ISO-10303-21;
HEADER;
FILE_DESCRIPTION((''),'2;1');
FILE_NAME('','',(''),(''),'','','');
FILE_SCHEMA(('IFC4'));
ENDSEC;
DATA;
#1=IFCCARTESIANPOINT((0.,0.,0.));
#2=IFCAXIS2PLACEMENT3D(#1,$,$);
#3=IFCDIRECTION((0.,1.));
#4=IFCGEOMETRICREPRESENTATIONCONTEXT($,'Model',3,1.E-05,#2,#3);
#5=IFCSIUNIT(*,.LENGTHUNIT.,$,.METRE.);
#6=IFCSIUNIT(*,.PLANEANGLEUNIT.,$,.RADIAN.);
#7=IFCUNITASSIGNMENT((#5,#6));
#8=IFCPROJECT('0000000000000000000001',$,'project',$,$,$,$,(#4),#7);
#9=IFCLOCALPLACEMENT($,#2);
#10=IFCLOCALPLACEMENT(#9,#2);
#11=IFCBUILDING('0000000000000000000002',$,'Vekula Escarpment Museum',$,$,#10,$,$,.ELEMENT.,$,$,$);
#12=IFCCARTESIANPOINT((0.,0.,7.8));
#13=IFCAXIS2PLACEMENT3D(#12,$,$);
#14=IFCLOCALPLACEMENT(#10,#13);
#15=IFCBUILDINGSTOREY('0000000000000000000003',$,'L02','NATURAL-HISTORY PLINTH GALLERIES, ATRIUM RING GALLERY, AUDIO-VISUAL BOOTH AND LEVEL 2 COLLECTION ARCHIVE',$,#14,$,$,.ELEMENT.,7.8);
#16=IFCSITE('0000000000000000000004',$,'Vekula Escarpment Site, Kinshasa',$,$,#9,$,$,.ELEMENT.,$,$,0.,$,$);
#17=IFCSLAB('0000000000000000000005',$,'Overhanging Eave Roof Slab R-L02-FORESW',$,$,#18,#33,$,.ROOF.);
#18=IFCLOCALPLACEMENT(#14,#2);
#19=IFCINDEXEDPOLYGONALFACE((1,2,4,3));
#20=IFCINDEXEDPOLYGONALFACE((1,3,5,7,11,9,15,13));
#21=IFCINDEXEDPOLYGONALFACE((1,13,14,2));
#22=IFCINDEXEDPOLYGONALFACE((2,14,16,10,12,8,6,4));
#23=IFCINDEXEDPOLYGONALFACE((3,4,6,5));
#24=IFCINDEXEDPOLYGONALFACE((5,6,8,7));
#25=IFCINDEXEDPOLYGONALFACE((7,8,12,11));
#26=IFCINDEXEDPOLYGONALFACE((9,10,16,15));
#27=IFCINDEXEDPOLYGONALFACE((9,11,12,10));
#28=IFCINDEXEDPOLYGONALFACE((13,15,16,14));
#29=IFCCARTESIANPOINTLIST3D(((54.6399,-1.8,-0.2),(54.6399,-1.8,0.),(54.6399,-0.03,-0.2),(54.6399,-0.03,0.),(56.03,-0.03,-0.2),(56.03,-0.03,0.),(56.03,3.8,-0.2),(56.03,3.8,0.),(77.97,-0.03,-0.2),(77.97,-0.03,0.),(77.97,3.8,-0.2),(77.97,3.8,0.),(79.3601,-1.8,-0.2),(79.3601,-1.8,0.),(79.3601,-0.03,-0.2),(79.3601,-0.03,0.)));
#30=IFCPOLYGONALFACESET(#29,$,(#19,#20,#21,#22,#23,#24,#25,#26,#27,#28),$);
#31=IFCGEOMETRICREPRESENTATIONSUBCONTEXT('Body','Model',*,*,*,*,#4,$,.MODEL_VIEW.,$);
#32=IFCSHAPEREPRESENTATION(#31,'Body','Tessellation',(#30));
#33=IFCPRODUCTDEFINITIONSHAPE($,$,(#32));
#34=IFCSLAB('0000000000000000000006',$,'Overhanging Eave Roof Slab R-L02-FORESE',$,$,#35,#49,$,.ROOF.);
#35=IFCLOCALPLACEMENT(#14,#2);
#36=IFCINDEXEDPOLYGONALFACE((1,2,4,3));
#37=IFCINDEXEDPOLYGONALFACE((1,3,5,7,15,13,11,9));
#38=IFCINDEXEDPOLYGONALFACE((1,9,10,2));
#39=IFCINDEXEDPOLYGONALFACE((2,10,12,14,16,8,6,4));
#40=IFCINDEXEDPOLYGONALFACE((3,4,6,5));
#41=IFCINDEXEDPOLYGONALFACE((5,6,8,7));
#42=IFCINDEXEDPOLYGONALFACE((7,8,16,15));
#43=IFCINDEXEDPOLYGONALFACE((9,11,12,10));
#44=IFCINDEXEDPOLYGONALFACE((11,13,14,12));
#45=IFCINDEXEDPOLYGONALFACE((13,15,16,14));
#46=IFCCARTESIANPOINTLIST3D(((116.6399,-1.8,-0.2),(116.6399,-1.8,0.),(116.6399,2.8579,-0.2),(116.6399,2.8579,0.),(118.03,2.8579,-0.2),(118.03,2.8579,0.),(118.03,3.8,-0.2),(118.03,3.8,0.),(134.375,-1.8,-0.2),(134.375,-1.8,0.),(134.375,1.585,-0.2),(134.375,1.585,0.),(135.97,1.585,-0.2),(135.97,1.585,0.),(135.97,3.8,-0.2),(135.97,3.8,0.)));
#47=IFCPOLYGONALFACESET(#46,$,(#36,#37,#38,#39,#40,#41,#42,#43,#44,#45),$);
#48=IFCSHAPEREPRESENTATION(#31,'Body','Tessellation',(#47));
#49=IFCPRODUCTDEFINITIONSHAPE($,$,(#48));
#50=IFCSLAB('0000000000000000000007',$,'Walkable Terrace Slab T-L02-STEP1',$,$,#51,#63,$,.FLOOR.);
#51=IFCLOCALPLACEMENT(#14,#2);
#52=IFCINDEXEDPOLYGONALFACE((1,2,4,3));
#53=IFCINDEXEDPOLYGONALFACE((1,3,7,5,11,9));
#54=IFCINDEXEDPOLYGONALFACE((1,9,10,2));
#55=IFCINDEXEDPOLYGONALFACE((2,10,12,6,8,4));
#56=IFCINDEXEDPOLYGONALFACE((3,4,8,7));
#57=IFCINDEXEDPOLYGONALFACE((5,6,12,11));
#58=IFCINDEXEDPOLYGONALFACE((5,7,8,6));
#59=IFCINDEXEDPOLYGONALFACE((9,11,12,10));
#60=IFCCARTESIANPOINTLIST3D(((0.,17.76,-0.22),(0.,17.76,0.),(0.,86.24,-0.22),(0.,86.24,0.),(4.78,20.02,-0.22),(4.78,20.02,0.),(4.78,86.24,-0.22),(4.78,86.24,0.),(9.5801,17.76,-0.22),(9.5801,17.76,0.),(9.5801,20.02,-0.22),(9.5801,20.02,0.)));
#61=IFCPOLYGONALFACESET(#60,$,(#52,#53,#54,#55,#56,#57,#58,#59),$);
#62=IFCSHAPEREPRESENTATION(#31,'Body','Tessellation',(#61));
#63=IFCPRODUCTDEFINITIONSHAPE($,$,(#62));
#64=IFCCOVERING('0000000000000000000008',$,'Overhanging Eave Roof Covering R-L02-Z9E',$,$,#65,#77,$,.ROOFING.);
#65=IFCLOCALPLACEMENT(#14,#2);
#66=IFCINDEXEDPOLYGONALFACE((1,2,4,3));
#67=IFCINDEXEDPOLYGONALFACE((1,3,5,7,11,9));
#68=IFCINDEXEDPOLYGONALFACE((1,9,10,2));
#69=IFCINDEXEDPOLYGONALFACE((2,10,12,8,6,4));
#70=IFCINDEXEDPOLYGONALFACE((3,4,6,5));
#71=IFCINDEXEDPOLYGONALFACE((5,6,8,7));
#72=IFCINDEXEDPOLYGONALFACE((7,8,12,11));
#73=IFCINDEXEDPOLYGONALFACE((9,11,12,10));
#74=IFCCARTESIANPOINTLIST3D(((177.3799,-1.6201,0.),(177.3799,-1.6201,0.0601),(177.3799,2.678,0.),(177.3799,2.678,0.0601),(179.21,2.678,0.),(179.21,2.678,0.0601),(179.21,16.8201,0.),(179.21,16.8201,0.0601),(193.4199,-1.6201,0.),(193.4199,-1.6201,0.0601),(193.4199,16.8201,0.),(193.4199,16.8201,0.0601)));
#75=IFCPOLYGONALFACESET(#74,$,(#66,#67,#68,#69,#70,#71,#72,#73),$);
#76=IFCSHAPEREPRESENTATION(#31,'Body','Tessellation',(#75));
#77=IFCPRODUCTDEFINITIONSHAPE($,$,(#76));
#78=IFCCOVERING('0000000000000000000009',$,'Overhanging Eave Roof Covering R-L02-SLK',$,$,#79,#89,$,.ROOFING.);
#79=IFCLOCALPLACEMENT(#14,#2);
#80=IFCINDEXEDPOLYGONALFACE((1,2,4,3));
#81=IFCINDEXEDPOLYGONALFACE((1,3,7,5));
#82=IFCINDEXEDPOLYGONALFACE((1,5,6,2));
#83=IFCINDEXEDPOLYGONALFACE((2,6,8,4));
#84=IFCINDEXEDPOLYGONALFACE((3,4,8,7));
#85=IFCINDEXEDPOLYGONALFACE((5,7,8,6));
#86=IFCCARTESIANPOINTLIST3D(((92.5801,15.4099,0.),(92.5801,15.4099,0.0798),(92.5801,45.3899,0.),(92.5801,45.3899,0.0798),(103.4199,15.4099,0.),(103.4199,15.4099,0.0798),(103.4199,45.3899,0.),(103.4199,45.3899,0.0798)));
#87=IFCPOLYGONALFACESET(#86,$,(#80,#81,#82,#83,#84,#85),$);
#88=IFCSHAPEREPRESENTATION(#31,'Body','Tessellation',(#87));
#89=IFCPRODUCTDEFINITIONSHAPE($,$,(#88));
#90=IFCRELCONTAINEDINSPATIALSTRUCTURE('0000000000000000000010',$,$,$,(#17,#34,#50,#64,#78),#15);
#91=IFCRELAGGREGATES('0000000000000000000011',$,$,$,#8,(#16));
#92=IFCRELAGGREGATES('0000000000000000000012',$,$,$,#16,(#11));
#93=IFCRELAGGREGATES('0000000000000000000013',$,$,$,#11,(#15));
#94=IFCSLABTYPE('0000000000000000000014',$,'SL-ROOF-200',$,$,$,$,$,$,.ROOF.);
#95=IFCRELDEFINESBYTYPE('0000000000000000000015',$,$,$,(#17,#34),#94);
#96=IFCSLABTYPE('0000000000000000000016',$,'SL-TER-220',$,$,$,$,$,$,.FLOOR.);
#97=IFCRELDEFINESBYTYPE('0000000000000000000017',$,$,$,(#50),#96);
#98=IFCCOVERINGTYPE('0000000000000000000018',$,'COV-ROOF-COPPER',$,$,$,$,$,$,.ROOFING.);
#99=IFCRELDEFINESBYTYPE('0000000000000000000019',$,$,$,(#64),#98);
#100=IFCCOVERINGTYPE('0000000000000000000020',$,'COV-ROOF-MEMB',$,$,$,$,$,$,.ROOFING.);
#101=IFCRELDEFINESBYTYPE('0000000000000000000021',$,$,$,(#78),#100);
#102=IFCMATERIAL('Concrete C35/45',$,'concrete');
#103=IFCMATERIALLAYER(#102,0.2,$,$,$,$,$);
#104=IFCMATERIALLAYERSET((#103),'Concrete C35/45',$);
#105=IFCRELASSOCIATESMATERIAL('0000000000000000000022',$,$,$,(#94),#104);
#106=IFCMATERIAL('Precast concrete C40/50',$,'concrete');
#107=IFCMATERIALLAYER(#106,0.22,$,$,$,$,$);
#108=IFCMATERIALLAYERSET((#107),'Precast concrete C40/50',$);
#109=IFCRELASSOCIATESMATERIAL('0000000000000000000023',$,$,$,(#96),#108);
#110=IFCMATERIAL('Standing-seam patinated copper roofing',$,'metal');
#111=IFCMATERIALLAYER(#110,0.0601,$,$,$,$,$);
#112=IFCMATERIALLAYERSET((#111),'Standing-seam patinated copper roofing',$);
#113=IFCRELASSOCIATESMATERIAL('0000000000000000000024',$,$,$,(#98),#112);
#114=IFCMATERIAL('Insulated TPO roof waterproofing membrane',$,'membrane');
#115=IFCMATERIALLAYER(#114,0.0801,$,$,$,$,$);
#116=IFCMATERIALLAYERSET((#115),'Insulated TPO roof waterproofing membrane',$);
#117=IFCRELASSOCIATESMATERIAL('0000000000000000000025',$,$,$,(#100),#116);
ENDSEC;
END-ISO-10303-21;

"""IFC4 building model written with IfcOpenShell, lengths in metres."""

from ifc_helpers import new_model, si_unit, direction, frame, origin, place, context, subcontext, project, spatial, polyline, outline, extrude, material, layer, layer_set, type_object, element, save


model = new_model("IFC4")

# Units and contexts
model_context = context("Model", 3, precision=1e-05, world=origin(), true_north=direction((0.0, 1.0)))
body_context = subcontext(model_context, "Body", "Model", "MODEL_VIEW")
ifc_project = project(units=[si_unit("LENGTHUNIT", "METRE"), si_unit("PLANEANGLEUNIT", "RADIAN")], contexts=[model_context])

# Site, building, storey
site_placement = place(None, origin())
site = spatial("IfcSite", under=ifc_project, at=site_placement, Name="Vekula Escarpment Site, Kinshasa", CompositionType="ELEMENT", RefElevation=0.0)
building_placement = place(site_placement, origin())
building = spatial("IfcBuilding", under=site, at=building_placement, Name="Vekula Escarpment Museum", CompositionType="ELEMENT")
storey_placement = place(building_placement, frame((0.0, 0.0, 7.8)))
storey = spatial("IfcBuildingStorey", under=building, at=storey_placement, Name="L02", Description="NATURAL-HISTORY PLINTH GALLERIES, ATRIUM RING GALLERY, AUDIO-VISUAL BOOTH AND LEVEL 2 COLLECTION ARCHIVE", CompositionType="ELEMENT", Elevation=7.8)

# Slabs
ifc_material_1 = material(Name="Concrete C35/45", Category="concrete")
ifc_layer_1 = layer(ifc_material_1, 0.2)
ifc_layer_set_1 = layer_set([ifc_layer_1], Name="Concrete C35/45")
slab_type_1 = type_object("IfcSlabType", Name="SL-ROOF-200", PredefinedType="ROOF", material=ifc_layer_set_1)
slab_1_placement = place(storey_placement, frame((0.0, 0.0, -0.2)))
element("IfcSlab", 1, at=slab_1_placement, inside=storey, type_object=slab_type_1, Name="Overhanging Eave Roof Slab R-L02-FORESW", PredefinedType="ROOF", context=body_context, shape_type="SweptSolid", body=[
    extrude(outline(polyline([(54.6399, -0.03), (56.03, -0.03), (56.03, 3.8), (77.97, 3.8), (77.97, -0.03), (79.3601, -0.03), (79.3601, -1.8), (54.6399, -1.8), (54.6399, -0.03)])), origin(), (0.0, 0.0, 1.0), 0.2),
])
slab_2_placement = place(storey_placement, frame((0.0, 0.0, -0.2)))
element("IfcSlab", 2, at=slab_2_placement, inside=storey, type_object=slab_type_1, Name="Overhanging Eave Roof Slab R-L02-FORESE", PredefinedType="ROOF", context=body_context, shape_type="SweptSolid", body=[
    extrude(outline(polyline([(116.6399, 2.8579), (118.03, 2.8579), (118.03, 3.8), (135.97, 3.8), (135.97, 1.585), (134.375, 1.585), (134.375, -1.8), (116.6399, -1.8), (116.6399, 2.8579)])), origin(), (0.0, 0.0, 1.0), 0.2),
])
ifc_material_2 = material(Name="Precast concrete C40/50", Category="concrete")
ifc_layer_2 = layer(ifc_material_2, 0.22)
ifc_layer_set_2 = layer_set([ifc_layer_2], Name="Precast concrete C40/50")
slab_type_2 = type_object("IfcSlabType", Name="SL-TER-220", PredefinedType="FLOOR", material=ifc_layer_set_2)
slab_3_placement = place(storey_placement, frame((0.0, 0.0, -0.22)))
element("IfcSlab", 3, at=slab_3_placement, inside=storey, type_object=slab_type_2, Name="Walkable Terrace Slab T-L02-STEP1", PredefinedType="FLOOR", context=body_context, shape_type="SweptSolid", body=[
    extrude(outline(polyline([(0.0, 17.76), (9.5801, 17.76), (9.5801, 20.02), (4.78, 20.02), (4.78, 86.24), (0.0, 86.24), (0.0, 17.76)])), origin(), (0.0, 0.0, 1.0), 0.22),
])

# Coverings
ifc_material_3 = material(Name="Standing-seam patinated copper roofing", Category="metal")
ifc_layer_3 = layer(ifc_material_3, 0.0601)
ifc_layer_set_3 = layer_set([ifc_layer_3], Name="Standing-seam patinated copper roofing")
covering_type_1 = type_object("IfcCoveringType", Name="COV-ROOF-COPPER", PredefinedType="ROOFING", material=ifc_layer_set_3)
covering_1_placement = place(storey_placement, origin())
element("IfcCovering", 4, at=covering_1_placement, inside=storey, type_object=covering_type_1, Name="Overhanging Eave Roof Covering R-L02-Z9E", PredefinedType="ROOFING", context=body_context, shape_type="SweptSolid", body=[
    extrude(outline(polyline([(177.3799, 2.678), (179.21, 2.678), (179.21, 16.8201), (193.4199, 16.8201), (193.4199, -1.6201), (177.3799, -1.6201), (177.3799, 2.678)])), origin(), (0.0, 0.0, 1.0), 0.0601),
])
ifc_material_4 = material(Name="Insulated TPO roof waterproofing membrane", Category="membrane")
ifc_layer_4 = layer(ifc_material_4, 0.0801)
ifc_layer_set_4 = layer_set([ifc_layer_4], Name="Insulated TPO roof waterproofing membrane")
covering_type_2 = type_object("IfcCoveringType", Name="COV-ROOF-MEMB", PredefinedType="ROOFING", material=ifc_layer_set_4)
covering_2_placement = place(storey_placement, origin())
element("IfcCovering", 5, at=covering_2_placement, inside=storey, type_object=covering_type_2, Name="Overhanging Eave Roof Covering R-L02-SLK", PredefinedType="ROOFING", context=body_context, shape_type="SweptSolid", body=[
    extrude(outline(polyline([(92.5801, 45.3899), (103.4199, 45.3899), (103.4199, 15.4099), (92.5801, 15.4099), (92.5801, 45.3899)])), origin(), (0.0, 0.0, 1.0), 0.0798),
])

save(model, "model.ifc")
